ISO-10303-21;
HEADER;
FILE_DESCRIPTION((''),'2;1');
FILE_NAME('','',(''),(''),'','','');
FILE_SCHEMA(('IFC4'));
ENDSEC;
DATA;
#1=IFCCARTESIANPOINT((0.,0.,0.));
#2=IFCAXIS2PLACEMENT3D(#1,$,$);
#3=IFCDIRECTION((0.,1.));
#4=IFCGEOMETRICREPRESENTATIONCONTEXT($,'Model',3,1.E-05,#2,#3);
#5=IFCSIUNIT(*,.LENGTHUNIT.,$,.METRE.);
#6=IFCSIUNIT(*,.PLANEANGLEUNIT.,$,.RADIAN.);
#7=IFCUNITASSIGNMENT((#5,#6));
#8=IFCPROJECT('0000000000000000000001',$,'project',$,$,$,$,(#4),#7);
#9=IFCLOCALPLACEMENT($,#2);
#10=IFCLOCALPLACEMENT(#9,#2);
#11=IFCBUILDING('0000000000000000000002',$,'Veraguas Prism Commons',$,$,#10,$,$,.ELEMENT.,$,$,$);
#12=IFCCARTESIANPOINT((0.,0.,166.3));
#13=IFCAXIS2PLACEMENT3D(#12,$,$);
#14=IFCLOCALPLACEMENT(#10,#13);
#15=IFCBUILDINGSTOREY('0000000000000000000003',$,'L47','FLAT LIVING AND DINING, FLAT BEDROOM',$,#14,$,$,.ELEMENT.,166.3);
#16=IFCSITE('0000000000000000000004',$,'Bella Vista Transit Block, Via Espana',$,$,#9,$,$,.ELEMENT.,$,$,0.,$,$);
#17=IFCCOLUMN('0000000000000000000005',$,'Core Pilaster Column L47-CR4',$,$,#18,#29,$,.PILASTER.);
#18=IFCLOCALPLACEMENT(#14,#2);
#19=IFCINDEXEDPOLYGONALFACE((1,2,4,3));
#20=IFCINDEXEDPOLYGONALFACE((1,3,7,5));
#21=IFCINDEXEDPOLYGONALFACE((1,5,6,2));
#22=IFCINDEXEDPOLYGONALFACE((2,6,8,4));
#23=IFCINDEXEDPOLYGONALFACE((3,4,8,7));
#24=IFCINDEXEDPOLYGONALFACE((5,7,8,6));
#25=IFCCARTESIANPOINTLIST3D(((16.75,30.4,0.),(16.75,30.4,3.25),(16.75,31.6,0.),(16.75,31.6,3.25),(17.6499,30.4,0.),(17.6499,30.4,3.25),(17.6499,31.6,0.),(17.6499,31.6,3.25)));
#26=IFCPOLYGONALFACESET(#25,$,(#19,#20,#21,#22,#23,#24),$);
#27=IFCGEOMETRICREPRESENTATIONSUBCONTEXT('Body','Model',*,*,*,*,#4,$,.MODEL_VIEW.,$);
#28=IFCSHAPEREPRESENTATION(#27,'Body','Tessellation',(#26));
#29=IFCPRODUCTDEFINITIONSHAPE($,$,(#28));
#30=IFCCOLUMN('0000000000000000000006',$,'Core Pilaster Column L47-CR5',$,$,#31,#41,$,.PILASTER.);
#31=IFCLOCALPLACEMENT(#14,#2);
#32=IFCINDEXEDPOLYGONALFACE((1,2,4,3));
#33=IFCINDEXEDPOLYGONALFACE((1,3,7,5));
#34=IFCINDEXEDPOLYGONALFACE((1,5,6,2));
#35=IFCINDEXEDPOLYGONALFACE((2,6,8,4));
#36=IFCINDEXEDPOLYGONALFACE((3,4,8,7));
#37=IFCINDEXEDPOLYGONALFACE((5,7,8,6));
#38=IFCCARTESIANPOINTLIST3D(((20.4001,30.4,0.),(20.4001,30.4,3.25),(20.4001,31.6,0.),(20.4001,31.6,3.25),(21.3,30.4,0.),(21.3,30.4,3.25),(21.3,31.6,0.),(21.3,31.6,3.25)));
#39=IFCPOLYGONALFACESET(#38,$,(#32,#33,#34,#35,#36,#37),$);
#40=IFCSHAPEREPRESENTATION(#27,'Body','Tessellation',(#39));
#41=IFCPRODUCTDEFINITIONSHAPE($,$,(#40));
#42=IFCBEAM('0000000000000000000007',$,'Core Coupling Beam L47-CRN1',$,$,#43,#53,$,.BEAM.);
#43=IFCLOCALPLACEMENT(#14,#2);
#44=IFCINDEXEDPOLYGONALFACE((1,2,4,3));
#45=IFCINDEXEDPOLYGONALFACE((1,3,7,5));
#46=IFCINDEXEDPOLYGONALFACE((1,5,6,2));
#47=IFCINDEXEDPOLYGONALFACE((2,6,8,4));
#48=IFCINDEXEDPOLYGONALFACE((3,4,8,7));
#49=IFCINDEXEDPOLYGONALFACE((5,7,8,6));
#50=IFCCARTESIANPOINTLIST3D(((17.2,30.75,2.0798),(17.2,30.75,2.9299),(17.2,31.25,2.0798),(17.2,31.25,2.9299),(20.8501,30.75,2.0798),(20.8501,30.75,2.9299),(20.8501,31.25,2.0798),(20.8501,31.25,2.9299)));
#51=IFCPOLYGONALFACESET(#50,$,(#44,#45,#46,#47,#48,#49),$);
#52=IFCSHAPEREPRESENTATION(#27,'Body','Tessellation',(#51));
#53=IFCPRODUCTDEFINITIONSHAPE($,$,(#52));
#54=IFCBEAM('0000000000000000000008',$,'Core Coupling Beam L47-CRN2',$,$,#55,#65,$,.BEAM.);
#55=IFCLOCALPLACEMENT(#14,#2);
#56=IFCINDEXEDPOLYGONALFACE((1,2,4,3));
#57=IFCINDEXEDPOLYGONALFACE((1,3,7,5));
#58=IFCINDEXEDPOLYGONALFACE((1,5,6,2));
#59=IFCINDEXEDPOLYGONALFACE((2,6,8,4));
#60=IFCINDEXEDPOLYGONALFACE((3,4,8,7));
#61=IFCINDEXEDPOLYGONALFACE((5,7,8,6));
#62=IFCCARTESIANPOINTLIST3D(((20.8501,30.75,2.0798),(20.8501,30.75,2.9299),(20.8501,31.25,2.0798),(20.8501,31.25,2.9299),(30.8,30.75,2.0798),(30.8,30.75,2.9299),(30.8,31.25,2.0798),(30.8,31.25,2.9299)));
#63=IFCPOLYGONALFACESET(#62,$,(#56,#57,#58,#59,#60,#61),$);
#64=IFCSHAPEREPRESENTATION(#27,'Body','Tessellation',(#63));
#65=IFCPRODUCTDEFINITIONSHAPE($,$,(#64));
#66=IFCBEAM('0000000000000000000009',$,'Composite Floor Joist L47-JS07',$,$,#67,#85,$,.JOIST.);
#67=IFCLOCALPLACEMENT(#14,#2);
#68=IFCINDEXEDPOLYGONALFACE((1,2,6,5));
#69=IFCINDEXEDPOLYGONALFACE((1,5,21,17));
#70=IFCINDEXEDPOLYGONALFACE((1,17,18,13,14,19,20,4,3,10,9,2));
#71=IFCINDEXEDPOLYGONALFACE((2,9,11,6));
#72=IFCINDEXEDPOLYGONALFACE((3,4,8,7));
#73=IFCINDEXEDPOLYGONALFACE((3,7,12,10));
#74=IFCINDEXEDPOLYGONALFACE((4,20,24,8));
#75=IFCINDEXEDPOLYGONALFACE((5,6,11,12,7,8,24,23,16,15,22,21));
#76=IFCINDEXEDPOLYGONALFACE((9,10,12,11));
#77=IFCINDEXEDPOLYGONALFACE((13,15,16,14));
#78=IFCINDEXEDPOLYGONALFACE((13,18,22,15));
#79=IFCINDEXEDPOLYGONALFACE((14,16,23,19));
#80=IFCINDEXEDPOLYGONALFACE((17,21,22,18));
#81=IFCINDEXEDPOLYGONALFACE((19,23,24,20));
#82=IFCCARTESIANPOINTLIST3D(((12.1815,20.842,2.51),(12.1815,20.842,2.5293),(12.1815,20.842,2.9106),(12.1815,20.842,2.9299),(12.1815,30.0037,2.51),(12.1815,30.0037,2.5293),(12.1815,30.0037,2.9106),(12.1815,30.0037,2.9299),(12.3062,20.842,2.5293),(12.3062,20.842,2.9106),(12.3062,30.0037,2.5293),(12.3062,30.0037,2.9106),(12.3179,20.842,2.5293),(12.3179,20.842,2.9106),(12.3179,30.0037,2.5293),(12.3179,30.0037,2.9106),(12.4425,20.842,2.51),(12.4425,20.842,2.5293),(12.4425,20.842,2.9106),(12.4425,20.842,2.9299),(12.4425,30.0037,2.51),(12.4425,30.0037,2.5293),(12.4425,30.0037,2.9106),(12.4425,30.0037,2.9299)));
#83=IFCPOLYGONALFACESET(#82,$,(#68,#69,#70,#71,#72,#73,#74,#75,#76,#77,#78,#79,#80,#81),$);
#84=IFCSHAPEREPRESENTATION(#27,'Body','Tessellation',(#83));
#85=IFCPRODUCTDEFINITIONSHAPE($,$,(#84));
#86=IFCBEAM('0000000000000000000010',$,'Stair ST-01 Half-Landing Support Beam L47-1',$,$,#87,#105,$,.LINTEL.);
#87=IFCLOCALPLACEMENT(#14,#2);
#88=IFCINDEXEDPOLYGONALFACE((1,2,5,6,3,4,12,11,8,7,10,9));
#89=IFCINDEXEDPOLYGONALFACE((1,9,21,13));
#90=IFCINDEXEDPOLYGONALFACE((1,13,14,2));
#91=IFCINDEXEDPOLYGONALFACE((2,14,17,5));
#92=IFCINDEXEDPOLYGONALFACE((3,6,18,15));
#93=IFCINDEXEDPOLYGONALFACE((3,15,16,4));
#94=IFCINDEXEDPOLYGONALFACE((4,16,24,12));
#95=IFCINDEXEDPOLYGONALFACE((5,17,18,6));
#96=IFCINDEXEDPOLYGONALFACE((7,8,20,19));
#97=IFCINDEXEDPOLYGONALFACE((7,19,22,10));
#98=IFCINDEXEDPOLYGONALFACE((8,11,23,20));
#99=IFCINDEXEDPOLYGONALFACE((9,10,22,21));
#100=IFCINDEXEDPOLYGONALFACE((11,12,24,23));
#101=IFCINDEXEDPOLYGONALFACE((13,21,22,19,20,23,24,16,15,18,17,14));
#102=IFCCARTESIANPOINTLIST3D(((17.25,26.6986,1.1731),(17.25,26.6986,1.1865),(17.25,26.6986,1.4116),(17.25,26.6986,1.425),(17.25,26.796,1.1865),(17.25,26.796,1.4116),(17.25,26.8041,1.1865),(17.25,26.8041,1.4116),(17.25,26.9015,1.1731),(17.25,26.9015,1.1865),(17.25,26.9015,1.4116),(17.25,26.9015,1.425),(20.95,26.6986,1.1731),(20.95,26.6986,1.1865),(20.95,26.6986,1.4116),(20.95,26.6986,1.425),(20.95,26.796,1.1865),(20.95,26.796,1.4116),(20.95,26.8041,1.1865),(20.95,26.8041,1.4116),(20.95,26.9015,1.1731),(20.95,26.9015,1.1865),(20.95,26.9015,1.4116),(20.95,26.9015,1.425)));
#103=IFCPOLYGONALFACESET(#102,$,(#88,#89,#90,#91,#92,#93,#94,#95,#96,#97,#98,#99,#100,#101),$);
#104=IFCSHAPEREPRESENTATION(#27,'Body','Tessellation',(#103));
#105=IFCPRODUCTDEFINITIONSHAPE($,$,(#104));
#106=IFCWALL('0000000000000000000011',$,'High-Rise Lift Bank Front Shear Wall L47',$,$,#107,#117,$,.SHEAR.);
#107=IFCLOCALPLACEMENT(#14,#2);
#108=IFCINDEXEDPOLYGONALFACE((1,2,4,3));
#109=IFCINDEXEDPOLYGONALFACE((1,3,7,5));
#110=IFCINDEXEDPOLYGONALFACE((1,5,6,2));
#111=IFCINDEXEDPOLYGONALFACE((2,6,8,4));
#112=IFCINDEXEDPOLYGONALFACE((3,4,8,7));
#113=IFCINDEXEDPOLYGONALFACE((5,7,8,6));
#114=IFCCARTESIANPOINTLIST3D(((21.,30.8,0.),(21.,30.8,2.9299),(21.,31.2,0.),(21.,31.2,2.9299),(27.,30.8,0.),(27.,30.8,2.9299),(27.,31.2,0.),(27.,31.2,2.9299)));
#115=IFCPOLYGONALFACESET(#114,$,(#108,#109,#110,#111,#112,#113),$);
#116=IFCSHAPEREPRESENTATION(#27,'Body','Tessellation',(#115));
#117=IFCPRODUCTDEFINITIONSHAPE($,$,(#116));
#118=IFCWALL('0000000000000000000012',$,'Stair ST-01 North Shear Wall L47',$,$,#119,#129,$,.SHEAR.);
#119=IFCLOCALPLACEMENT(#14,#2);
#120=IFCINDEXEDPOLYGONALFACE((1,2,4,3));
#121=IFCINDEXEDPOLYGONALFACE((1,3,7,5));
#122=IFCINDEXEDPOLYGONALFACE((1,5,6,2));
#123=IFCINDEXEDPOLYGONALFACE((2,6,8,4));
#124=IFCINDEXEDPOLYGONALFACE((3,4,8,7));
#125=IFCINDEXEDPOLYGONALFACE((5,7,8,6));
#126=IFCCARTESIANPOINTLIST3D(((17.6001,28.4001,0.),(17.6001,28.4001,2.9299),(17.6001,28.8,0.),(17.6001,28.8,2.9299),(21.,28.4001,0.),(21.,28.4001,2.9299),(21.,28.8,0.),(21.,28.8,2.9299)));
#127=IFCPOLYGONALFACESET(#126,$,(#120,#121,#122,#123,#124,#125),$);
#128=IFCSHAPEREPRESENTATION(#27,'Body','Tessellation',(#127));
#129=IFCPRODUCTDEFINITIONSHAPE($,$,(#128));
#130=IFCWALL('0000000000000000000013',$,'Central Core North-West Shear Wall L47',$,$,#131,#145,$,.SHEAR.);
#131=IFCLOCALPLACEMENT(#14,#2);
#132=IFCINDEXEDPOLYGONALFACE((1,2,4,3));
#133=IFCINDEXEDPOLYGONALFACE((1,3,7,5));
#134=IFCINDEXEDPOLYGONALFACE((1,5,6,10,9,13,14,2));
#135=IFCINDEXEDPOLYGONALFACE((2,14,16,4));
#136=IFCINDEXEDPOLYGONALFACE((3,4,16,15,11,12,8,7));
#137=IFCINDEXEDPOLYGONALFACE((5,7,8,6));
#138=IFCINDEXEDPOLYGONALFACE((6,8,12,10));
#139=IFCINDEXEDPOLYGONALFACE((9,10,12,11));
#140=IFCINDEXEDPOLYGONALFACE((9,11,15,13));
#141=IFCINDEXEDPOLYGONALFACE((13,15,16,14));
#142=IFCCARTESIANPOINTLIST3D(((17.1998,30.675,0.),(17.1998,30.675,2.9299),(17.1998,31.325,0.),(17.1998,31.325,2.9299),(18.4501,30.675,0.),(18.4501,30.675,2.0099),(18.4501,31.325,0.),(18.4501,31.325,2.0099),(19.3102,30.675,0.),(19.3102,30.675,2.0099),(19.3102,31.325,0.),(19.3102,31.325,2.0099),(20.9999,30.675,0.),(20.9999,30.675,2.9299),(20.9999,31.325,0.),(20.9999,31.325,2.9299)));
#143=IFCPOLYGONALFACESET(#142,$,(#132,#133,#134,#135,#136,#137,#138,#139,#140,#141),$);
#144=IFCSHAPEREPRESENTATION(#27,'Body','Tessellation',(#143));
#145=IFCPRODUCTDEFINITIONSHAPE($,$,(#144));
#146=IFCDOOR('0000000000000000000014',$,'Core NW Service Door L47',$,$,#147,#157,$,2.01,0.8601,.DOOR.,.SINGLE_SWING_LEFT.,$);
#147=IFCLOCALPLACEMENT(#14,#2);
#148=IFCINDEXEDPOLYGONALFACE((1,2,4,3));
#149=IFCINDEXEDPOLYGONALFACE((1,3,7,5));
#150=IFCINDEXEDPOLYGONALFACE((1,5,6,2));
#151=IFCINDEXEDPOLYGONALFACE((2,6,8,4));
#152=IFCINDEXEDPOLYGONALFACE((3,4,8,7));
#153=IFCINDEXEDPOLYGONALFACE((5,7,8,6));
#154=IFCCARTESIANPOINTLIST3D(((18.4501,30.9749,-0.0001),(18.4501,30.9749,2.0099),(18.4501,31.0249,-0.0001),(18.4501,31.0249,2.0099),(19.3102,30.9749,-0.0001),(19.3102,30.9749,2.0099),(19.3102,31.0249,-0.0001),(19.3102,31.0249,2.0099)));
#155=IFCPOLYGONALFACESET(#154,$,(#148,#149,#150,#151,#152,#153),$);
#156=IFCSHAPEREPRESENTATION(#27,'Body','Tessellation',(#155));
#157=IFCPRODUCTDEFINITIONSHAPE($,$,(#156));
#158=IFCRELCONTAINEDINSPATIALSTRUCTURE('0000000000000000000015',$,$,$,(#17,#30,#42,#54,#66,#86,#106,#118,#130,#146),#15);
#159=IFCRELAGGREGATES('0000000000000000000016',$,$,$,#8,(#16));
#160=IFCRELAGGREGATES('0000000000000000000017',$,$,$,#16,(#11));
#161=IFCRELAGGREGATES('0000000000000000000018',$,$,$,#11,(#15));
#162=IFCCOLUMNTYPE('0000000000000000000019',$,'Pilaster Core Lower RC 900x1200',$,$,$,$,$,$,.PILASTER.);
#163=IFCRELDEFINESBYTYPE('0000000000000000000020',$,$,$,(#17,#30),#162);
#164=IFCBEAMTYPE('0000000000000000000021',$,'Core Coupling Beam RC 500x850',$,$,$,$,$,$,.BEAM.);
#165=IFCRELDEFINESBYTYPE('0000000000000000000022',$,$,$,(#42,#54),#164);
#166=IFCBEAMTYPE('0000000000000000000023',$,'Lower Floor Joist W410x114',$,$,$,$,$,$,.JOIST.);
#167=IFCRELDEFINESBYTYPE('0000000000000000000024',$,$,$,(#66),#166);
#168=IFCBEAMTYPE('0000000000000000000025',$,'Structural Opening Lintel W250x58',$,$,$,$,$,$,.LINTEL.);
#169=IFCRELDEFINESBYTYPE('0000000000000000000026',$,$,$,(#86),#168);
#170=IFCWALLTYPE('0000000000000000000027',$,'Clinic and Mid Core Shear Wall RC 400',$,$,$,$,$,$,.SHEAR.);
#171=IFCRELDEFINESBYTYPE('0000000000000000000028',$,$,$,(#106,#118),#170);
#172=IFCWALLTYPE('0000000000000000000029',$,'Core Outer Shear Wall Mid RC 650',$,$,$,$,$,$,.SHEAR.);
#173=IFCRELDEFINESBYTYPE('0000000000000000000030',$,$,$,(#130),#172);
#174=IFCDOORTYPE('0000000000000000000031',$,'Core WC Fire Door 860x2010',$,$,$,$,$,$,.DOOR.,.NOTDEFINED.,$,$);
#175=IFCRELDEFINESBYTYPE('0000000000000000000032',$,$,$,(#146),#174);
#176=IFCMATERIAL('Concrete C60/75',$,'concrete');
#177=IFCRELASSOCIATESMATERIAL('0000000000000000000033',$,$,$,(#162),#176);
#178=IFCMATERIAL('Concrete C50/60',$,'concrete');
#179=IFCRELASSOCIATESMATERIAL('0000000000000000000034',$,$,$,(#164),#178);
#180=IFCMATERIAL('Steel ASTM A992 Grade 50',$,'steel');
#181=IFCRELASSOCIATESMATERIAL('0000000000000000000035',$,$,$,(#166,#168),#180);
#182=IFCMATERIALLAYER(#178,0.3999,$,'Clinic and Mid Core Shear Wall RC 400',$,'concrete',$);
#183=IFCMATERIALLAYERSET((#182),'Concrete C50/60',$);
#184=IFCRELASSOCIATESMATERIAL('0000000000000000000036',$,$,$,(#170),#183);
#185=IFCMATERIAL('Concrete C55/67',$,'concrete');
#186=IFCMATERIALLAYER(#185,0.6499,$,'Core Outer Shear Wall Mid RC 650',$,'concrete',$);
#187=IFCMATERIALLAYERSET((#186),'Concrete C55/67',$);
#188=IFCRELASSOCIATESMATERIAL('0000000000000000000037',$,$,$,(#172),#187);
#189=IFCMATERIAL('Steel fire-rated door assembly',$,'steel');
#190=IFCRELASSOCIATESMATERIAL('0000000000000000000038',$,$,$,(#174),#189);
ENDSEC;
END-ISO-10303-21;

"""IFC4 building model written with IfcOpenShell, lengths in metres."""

from ifc_helpers import new_model, si_unit, direction, frame, frame_2d, origin, origin_2d, place, context, subcontext, project, spatial, rectangle, i_section, extrude, source, transform, mapped, material, layer, layer_set, material_profile, profile_set, type_object, element, fill, save


model = new_model("IFC4")

# Units and contexts
model_context = context("Model", 3, precision=1e-05, world=origin(), true_north=direction((0.0, 1.0)))
body_context = subcontext(model_context, "Body", "Model", "MODEL_VIEW")
ifc_project = project(units=[si_unit("LENGTHUNIT", "METRE"), si_unit("PLANEANGLEUNIT", "RADIAN")], contexts=[model_context])

# Site, building, storey
site_placement = place(None, origin())
site = spatial("IfcSite", under=ifc_project, at=site_placement, Name="Bella Vista Transit Block, Via Espana", CompositionType="ELEMENT", RefElevation=0.0)
building_placement = place(site_placement, origin())
building = spatial("IfcBuilding", under=site, at=building_placement, Name="Veraguas Prism Commons", CompositionType="ELEMENT")
storey_placement = place(building_placement, frame((0.0, 0.0, 166.3)))
storey = spatial("IfcBuildingStorey", under=building, at=storey_placement, Name="L47", Description="FLAT LIVING AND DINING, FLAT BEDROOM", CompositionType="ELEMENT", Elevation=166.3)

# Columns
ifc_material_1 = material(Name="Concrete C60/75", Category="concrete")
ifc_material_profile_1 = material_profile(ifc_material_1, rectangle(XDim=0.8999, YDim=1.2, at=origin_2d()), Name="RC900X1200")
ifc_profile_set_1 = profile_set([ifc_material_profile_1], Name="Concrete C60/75")
column_type = type_object("IfcColumnType", Name="Pilaster Core Lower RC 900x1200", PredefinedType="PILASTER", material=ifc_profile_set_1)
for number, where, z_axis, x_axis, name in (
    (1, (17.2, 31.0, 0.0), (0.0, 0.0, 1.0), (1.0, 0.0, 0.0), "Core Pilaster Column L47-CR4"),
    (2, (20.8501, 31.0, 0.0), (0.0, 0.0, 1.0), (1.0, 0.0, 0.0), "Core Pilaster Column L47-CR5"),
):
    element("IfcColumn", number, at=place(storey_placement, frame(where, z_axis=z_axis, x_axis=x_axis)), inside=storey, type_object=column_type, Name=name, PredefinedType="PILASTER", context=body_context, shape_type="SweptSolid", body=[
        extrude(rectangle(XDim=0.8999, YDim=1.2, at=origin_2d()), origin(), (0.0, 0.0, 1.0), 3.25),
    ])

# Beams
ifc_material_2 = material(Name="Concrete C50/60", Category="concrete")
ifc_material_profile_2 = material_profile(ifc_material_2, rectangle(XDim=0.5, YDim=0.8501, at=origin_2d()), Name="RC500X850")
ifc_profile_set_2 = profile_set([ifc_material_profile_2], Name="Concrete C50/60")
beam_type_1 = type_object("IfcBeamType", Name="Core Coupling Beam RC 500x850", PredefinedType="BEAM", material=ifc_profile_set_2)
beam_1_placement = place(storey_placement, frame((17.2, 31.0, 2.5049), z_axis=(1.0, 0.0, 0.0), x_axis=(0.0, 1.0, 0.0)))
element("IfcBeam", 3, at=beam_1_placement, inside=storey, type_object=beam_type_1, Name="Core Coupling Beam L47-CRN1", PredefinedType="BEAM", context=body_context, shape_type="SweptSolid", body=[
    extrude(rectangle(XDim=0.5, YDim=0.8501, at=origin_2d()), origin(), (0.0, 0.0, 1.0), 3.6501),
])
beam_2_placement = place(storey_placement, frame((20.8501, 31.0, 2.5049), z_axis=(1.0, 0.0, 0.0), x_axis=(0.0, 1.0, 0.0)))
element("IfcBeam", 4, at=beam_2_placement, inside=storey, type_object=beam_type_1, Name="Core Coupling Beam L47-CRN2", PredefinedType="BEAM", context=body_context, shape_type="SweptSolid", body=[
    extrude(rectangle(XDim=0.5, YDim=0.8501, at=origin_2d()), origin(), (0.0, 0.0, 1.0), 9.95),
])
ifc_material_3 = material(Name="Steel ASTM A992 Grade 50", Category="steel")
ifc_material_profile_3 = material_profile(ifc_material_3, i_section(OverallWidth=0.261, OverallDepth=0.4199, WebThickness=0.0117, FlangeThickness=0.0193, at=origin_2d()), Name="W410X114")
ifc_profile_set_3 = profile_set([ifc_material_profile_3], Name="Steel ASTM A992 Grade 50")
beam_type_2 = type_object("IfcBeamType", Name="Lower Floor Joist W410x114", PredefinedType="JOIST", material=ifc_profile_set_3)
beam_3_placement = place(storey_placement, frame((12.312, 30.0037, 2.72), z_axis=(0.0, -1.0, 0.0), x_axis=(1.0, 0.0, 0.0)))
element("IfcBeam", 5, at=beam_3_placement, inside=storey, type_object=beam_type_2, Name="Composite Floor Joist L47-JS07", PredefinedType="JOIST", context=body_context, shape_type="SweptSolid", body=[
    extrude(i_section(OverallWidth=0.261, OverallDepth=0.4199, WebThickness=0.0117, FlangeThickness=0.0193, at=origin_2d()), origin(), (0.0, 0.0, 1.0), 9.1616),
])
ifc_material_profile_4 = material_profile(ifc_material_3, i_section(OverallWidth=0.2029, OverallDepth=0.252, WebThickness=0.0081, FlangeThickness=0.0134, at=origin_2d()), Name="W250X58")
ifc_profile_set_4 = profile_set([ifc_material_profile_4], Name="Steel ASTM A992 Grade 50")
beam_type_3 = type_object("IfcBeamType", Name="Structural Opening Lintel W250x58", PredefinedType="LINTEL", material=ifc_profile_set_4)
beam_4_placement = place(storey_placement, frame((17.25, 26.8, 1.2991), z_axis=(1.0, 0.0, 0.0), x_axis=(0.0, 1.0, 0.0)))
element("IfcBeam", 6, at=beam_4_placement, inside=storey, type_object=beam_type_3, Name="Stair ST-01 Half-Landing Support Beam L47-1", PredefinedType="LINTEL", context=body_context, shape_type="SweptSolid", body=[
    extrude(i_section(OverallWidth=0.2029, OverallDepth=0.252, WebThickness=0.0081, FlangeThickness=0.0134, at=origin_2d()), origin(), (0.0, 0.0, 1.0), 3.7),
])

# Walls
ifc_layer_1 = layer(ifc_material_2, 0.3999, Name="Clinic and Mid Core Shear Wall RC 400", Category="concrete")
ifc_layer_set_1 = layer_set([ifc_layer_1], Name="Concrete C50/60")
wall_type_1 = type_object("IfcWallType", Name="Clinic and Mid Core Shear Wall RC 400", PredefinedType="SHEAR", material=ifc_layer_set_1)
wall_1_placement = place(storey_placement, frame((21.0, 31.0, 0.0), z_axis=(0.0, 0.0, 1.0), x_axis=(1.0, 0.0, 0.0)))
element("IfcWall", 7, at=wall_1_placement, inside=storey, type_object=wall_type_1, Name="High-Rise Lift Bank Front Shear Wall L47", PredefinedType="SHEAR", context=body_context, shape_type="SweptSolid", body=[
    extrude(rectangle(XDim=6.0, YDim=0.3999, at=frame_2d((3.0, 0.0))), origin(), (0.0, 0.0, 1.0), 2.9299),
])
wall_2_placement = place(storey_placement, frame((17.6001, 28.6001, 0.0), z_axis=(0.0, 0.0, 1.0), x_axis=(1.0, 0.0, 0.0)))
element("IfcWall", 8, at=wall_2_placement, inside=storey, type_object=wall_type_1, Name="Stair ST-01 North Shear Wall L47", PredefinedType="SHEAR", context=body_context, shape_type="SweptSolid", body=[
    extrude(rectangle(XDim=3.3999, YDim=0.3999, at=frame_2d((1.7, 0.0))), origin(), (0.0, 0.0, 1.0), 2.9299),
])

# Wall, opening, door
ifc_material_4 = material(Name="Concrete C55/67", Category="concrete")
ifc_layer_2 = layer(ifc_material_4, 0.6499, Name="Core Outer Shear Wall Mid RC 650", Category="concrete")
ifc_layer_set_2 = layer_set([ifc_layer_2], Name="Concrete C55/67")
wall_type_2 = type_object("IfcWallType", Name="Core Outer Shear Wall Mid RC 650", PredefinedType="SHEAR", material=ifc_layer_set_2)
wall_3_placement = place(storey_placement, frame((17.2, 31.0, 0.0), z_axis=(0.0, 0.0, 1.0), x_axis=(1.0, 0.0, 0.0)))
wall_3 = element("IfcWall", 9, at=wall_3_placement, inside=storey, type_object=wall_type_2, Name="Central Core North-West Shear Wall L47", PredefinedType="SHEAR", context=body_context, shape_type="SweptSolid", body=[
    extrude(rectangle(XDim=3.8, YDim=0.6499, at=frame_2d((1.8999, 0.0))), origin(), (0.0, 0.0, 1.0), 2.9299),
])
opening_1_placement = place(wall_3_placement, frame((1.25, 0.0, 0.0)))
opening_1 = element("IfcOpeningElement", 10, at=opening_1_placement, cuts=wall_3, PredefinedType="OPENING", context=body_context, shape_type="SweptSolid", body=[
    extrude(rectangle(XDim=0.8601, YDim=2.01, at=frame_2d((0.4302, 1.0049))), frame((0.0, 0.335, 0.0), z_axis=(0.0, -1.0, 0.0), x_axis=(1.0, 0.0, 0.0)), (0.0, 0.0, 1.0), 0.6699),
])
ifc_material_5 = material(Name="Steel fire-rated door assembly", Category="steel")
door_type_1 = type_object("IfcDoorType", Name="Core WC Fire Door 860x2010", OperationType="NOTDEFINED", PredefinedType="DOOR", material=ifc_material_5)
shared_shape_1 = source(origin(), body_context, "Body", "SweptSolid", [
    extrude(rectangle(XDim=0.8601, YDim=2.01, at=frame_2d((0.4302, 1.0049))), frame((0.0, 0.0249, 0.0), z_axis=(0.0, -1.0, 0.0), x_axis=(1.0, 0.0, 0.0)), (0.0, 0.0, 1.0), 0.05),
])
door_1_placement = place(opening_1_placement, origin())
door_1 = element("IfcDoor", 11, at=door_1_placement, inside=storey, type_object=door_type_1, Name="Core NW Service Door L47", OperationType="SINGLE_SWING_LEFT", OverallHeight=2.01, OverallWidth=0.8601, PredefinedType="DOOR", context=body_context, shape_type="MappedRepresentation", body=[
    mapped(shared_shape_1, transform((0.0, 0.0, 0.0), scale=1.0)),
])
fill(opening_1, door_1)

save(model, "model.ifc")
